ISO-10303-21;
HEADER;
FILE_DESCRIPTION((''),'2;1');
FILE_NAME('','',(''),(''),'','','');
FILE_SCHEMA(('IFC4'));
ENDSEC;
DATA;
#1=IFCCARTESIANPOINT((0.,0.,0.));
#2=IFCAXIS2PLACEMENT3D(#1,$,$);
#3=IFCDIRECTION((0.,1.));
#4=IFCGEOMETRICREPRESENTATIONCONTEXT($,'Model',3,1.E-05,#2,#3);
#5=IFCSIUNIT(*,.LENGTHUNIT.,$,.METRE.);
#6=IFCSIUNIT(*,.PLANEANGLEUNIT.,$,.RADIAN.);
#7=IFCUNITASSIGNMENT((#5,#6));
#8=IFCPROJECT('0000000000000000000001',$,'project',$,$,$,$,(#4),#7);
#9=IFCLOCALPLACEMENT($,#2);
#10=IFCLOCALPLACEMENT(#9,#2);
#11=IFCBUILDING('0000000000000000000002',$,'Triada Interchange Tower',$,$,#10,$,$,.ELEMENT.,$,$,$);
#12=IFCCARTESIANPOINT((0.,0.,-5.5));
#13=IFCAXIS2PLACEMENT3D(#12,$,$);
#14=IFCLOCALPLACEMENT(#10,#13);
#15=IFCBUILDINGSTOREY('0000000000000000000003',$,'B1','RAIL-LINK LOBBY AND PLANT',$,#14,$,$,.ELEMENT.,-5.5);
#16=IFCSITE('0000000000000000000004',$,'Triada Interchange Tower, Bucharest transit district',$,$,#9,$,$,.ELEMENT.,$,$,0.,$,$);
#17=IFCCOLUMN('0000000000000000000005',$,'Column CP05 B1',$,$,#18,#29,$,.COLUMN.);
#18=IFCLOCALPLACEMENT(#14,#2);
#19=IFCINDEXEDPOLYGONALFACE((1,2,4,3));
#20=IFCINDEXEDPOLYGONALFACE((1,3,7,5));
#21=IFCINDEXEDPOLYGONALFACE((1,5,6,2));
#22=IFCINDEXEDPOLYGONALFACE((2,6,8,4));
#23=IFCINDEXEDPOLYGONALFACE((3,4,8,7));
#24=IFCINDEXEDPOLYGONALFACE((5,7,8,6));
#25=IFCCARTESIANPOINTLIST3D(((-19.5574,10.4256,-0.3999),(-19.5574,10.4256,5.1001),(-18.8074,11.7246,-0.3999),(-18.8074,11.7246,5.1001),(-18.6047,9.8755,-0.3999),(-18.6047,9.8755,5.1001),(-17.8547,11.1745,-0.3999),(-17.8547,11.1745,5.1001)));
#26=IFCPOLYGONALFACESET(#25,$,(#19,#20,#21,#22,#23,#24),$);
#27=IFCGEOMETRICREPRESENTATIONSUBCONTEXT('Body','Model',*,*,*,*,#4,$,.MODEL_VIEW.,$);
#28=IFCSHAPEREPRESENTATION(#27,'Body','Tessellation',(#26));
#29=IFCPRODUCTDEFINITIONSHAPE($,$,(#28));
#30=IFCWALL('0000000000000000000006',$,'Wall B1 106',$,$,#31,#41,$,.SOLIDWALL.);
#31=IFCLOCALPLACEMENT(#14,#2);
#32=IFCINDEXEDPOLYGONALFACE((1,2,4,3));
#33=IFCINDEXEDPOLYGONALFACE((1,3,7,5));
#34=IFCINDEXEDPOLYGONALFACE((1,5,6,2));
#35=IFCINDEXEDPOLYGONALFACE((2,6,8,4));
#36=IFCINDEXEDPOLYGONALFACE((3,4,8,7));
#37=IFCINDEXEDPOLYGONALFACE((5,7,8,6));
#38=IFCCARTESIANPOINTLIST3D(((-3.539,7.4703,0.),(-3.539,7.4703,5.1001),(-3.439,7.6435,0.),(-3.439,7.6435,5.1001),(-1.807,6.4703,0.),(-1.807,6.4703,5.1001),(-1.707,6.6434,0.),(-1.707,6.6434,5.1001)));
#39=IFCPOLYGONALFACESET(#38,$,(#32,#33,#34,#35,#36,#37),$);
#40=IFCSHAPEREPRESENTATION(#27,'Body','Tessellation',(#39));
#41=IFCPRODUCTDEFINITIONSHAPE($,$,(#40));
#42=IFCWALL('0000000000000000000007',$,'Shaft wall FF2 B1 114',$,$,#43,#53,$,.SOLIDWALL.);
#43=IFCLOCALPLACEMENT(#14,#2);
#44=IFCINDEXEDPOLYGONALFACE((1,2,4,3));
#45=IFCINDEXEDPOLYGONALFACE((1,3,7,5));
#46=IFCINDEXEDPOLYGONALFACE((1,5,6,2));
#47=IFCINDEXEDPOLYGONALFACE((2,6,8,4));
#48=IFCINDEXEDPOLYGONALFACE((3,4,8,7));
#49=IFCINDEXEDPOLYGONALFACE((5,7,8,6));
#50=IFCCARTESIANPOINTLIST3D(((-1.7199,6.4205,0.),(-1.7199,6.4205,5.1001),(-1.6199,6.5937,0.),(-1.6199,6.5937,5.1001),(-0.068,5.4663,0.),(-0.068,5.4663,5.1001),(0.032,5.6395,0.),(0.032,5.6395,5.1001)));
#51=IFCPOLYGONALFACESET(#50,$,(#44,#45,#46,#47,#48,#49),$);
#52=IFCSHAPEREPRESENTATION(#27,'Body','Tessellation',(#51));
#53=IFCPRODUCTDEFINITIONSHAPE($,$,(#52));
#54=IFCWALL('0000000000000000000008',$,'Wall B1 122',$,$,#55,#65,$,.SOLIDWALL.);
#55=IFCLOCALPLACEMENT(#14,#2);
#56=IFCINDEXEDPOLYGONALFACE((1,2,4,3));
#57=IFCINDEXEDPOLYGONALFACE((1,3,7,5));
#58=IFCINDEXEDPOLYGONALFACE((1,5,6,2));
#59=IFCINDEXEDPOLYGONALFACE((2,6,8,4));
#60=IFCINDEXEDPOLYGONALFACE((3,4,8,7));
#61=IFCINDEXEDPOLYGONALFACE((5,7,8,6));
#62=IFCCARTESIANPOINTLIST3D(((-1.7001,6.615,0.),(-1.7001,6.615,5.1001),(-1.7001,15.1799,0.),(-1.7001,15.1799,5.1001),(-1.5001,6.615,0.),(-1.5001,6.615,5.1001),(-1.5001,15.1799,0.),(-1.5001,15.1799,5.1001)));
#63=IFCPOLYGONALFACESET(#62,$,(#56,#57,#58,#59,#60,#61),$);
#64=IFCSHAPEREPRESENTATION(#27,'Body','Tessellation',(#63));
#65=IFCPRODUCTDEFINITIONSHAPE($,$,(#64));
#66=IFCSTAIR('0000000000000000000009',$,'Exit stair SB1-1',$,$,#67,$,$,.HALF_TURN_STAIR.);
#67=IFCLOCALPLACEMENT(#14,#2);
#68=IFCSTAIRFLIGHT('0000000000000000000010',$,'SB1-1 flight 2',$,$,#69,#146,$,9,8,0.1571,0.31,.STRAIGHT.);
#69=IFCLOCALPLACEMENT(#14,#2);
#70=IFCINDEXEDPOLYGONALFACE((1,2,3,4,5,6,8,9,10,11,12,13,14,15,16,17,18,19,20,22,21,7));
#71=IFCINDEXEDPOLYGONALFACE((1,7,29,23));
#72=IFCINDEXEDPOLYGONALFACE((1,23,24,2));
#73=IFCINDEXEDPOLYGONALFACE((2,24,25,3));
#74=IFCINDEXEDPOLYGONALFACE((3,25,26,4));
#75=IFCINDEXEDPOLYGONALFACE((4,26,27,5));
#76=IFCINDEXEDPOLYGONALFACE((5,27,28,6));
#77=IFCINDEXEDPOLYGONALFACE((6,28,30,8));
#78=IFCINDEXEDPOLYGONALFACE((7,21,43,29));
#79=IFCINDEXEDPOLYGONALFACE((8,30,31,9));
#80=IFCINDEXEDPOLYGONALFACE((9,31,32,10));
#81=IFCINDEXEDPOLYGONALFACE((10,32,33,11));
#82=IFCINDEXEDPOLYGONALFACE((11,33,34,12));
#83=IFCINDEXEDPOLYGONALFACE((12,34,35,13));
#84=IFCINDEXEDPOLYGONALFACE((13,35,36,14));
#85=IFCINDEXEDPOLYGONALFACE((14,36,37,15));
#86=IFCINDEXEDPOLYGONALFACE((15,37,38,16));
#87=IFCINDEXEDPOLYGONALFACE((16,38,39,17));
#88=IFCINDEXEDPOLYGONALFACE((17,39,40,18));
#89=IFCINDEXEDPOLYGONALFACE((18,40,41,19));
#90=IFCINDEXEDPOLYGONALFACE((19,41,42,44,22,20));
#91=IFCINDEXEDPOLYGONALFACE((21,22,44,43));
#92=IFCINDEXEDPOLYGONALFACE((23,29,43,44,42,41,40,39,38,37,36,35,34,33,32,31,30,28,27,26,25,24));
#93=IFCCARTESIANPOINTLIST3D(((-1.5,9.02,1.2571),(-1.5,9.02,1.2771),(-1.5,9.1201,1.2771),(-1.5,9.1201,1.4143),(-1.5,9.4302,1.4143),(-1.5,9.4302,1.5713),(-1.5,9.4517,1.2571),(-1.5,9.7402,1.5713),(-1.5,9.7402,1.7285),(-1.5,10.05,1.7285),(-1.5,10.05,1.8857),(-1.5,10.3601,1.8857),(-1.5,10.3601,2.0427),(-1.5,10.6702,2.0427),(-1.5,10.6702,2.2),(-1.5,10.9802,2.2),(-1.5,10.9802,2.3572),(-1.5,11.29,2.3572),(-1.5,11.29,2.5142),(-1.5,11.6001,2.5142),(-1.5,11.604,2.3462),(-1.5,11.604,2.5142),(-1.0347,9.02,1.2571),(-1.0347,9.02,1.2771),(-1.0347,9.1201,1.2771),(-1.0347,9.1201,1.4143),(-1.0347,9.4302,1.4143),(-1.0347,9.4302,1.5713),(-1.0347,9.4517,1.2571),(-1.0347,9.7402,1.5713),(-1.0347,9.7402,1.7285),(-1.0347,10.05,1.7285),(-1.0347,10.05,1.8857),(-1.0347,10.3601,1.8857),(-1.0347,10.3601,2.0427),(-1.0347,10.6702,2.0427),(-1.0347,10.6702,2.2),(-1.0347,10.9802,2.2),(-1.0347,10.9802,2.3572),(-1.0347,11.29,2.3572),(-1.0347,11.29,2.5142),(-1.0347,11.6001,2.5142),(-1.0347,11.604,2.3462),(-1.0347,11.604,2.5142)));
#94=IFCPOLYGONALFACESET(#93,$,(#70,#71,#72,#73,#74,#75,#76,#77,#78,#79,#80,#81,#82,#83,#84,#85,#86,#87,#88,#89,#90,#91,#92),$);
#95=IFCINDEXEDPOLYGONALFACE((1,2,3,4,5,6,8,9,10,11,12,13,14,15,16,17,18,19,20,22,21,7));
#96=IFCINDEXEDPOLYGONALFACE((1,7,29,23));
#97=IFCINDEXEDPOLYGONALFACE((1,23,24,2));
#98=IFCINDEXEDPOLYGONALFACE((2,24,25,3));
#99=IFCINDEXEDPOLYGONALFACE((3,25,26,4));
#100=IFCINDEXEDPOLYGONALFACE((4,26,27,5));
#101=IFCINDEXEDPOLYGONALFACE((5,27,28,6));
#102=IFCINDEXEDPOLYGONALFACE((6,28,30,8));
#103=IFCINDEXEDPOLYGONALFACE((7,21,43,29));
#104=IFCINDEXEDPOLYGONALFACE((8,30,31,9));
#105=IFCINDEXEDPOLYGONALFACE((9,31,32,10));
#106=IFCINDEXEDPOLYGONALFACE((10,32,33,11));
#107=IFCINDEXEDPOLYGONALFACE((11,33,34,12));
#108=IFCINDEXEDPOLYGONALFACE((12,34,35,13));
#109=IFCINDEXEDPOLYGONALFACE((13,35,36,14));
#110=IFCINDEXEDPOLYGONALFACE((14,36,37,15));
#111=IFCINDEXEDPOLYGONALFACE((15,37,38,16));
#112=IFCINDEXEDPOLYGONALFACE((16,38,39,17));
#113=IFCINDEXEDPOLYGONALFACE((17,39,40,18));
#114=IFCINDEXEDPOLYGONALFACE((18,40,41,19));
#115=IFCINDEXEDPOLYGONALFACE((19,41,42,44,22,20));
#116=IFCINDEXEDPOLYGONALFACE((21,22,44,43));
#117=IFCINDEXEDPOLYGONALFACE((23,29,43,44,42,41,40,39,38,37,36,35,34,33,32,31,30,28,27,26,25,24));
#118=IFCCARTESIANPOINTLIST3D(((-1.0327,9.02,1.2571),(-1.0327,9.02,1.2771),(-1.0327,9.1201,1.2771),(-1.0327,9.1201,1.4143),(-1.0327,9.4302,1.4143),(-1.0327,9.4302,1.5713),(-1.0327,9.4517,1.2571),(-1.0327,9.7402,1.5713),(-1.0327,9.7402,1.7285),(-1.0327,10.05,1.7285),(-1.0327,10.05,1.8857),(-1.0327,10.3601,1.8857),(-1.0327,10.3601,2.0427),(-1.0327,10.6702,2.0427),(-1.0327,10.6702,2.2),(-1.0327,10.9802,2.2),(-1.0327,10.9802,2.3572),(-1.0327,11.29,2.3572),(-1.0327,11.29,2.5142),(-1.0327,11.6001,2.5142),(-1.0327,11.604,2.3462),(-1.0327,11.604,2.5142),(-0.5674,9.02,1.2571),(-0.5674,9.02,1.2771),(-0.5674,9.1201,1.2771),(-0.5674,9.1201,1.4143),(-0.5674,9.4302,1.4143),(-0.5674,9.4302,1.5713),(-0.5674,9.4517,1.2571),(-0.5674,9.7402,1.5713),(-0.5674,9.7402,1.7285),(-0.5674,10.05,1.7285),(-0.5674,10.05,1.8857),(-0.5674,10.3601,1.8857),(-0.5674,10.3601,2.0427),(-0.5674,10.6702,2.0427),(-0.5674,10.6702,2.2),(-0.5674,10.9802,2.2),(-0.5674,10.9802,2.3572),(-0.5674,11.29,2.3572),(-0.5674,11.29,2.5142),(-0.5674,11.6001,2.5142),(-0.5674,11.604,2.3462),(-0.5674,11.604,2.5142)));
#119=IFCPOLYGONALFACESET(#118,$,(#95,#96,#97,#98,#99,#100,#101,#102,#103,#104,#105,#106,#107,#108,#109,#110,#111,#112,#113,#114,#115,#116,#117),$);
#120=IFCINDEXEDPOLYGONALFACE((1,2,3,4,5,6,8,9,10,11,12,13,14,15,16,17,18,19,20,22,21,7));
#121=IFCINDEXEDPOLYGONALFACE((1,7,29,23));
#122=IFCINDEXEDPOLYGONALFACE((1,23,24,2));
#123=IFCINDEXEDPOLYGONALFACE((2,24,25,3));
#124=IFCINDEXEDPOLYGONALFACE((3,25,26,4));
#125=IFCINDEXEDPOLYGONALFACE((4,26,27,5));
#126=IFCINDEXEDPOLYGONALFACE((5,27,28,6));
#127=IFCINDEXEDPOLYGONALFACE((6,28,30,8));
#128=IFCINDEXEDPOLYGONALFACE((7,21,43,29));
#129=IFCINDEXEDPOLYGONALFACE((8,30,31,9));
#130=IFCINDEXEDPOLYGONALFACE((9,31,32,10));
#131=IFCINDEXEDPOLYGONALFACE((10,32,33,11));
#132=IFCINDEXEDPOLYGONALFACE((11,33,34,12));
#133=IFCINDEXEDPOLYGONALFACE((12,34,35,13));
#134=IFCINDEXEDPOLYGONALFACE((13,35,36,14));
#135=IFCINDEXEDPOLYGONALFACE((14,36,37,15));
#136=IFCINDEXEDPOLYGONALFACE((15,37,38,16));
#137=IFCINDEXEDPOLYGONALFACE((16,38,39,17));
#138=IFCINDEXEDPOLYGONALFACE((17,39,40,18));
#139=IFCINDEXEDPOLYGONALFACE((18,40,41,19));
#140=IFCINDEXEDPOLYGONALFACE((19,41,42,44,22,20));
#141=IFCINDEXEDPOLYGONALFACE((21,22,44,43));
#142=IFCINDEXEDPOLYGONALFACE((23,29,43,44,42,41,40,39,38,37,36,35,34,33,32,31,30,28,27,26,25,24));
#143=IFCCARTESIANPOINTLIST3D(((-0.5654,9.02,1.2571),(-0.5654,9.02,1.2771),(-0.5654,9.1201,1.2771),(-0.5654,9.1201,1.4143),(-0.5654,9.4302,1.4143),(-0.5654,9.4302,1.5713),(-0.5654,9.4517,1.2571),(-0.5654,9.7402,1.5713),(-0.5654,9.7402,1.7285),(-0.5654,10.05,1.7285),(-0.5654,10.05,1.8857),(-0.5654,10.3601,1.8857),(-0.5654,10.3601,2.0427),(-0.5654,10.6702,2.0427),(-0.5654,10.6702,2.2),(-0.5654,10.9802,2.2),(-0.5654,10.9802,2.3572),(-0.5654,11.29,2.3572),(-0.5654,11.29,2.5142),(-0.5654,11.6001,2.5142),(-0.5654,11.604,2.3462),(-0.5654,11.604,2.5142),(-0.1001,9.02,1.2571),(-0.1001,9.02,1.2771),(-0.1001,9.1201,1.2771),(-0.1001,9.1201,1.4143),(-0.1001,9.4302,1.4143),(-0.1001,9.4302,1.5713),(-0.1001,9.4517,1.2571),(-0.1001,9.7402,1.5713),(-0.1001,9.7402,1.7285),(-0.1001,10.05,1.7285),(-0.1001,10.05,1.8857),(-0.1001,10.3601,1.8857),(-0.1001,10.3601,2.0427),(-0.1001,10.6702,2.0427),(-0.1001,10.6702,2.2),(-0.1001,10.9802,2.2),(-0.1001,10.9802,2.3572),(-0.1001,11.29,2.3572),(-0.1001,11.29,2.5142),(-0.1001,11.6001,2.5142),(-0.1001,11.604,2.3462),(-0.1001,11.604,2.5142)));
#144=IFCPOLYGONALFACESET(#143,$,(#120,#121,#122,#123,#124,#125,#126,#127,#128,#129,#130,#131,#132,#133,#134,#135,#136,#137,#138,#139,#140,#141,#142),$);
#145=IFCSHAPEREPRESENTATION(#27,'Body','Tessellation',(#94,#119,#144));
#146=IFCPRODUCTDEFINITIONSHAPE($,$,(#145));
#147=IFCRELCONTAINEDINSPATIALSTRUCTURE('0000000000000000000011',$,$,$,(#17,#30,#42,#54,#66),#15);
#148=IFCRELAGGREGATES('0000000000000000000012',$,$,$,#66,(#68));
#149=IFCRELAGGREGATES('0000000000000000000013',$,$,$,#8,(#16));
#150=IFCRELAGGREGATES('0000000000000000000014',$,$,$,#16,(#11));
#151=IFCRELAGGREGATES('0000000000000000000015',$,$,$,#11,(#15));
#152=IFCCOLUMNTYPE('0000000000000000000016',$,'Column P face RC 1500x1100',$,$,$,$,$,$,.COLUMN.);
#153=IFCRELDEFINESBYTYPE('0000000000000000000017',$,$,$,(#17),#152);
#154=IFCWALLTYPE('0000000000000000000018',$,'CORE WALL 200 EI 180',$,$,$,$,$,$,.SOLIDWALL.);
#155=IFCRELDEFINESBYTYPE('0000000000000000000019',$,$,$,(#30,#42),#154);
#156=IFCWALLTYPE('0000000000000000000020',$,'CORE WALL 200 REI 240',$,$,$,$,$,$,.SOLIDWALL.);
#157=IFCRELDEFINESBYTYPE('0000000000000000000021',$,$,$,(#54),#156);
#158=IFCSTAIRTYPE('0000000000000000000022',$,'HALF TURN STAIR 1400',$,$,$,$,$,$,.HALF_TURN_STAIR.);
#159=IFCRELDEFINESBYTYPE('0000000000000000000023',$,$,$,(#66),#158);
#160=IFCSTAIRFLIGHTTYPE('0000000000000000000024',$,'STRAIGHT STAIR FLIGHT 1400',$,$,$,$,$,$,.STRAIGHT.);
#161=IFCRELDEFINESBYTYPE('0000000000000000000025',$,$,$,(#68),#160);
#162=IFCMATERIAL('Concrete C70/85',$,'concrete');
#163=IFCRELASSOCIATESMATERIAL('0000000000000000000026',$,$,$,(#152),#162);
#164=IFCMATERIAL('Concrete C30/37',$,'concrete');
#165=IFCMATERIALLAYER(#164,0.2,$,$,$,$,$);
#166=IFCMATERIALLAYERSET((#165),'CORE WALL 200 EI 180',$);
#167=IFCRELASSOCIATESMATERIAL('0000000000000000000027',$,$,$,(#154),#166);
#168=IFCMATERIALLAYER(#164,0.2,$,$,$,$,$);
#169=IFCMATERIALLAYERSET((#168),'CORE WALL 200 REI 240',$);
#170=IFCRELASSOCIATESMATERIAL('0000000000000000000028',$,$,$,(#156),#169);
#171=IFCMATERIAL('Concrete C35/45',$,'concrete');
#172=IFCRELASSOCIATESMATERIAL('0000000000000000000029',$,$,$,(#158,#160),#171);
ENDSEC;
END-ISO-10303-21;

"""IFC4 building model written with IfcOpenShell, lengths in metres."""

from ifc_helpers import new_model, si_unit, direction, frame, frame_2d, origin, origin_2d, place, context, subcontext, project, spatial, polyline, rectangle, outline, extrude, material, layer, layer_set, material_profile, profile_set, type_object, element, aggregate, save


model = new_model("IFC4")

# Units and contexts
model_context = context("Model", 3, precision=1e-05, world=origin(), true_north=direction((0.0, 1.0)))
body_context = subcontext(model_context, "Body", "Model", "MODEL_VIEW")
ifc_project = project(units=[si_unit("LENGTHUNIT", "METRE"), si_unit("PLANEANGLEUNIT", "RADIAN")], contexts=[model_context])

# Site, building, storey
site_placement = place(None, origin())
site = spatial("IfcSite", under=ifc_project, at=site_placement, Name="Triada Interchange Tower, Bucharest transit district", CompositionType="ELEMENT", RefElevation=0.0)
building_placement = place(site_placement, origin())
building = spatial("IfcBuilding", under=site, at=building_placement, Name="Triada Interchange Tower", CompositionType="ELEMENT")
storey_placement = place(building_placement, frame((0.0, 0.0, -5.5)))
storey = spatial("IfcBuildingStorey", under=building, at=storey_placement, Name="B1", Description="RAIL-LINK LOBBY AND PLANT", CompositionType="ELEMENT", Elevation=-5.5)

# Shared definitions
ifc_material_1 = material(Name="Concrete C30/37", Category="concrete")

# Column
ifc_material_2 = material(Name="Concrete C70/85", Category="concrete")
ifc_material_profile_1 = material_profile(ifc_material_2, rectangle(XDim=1.5, YDim=1.1001, at=origin_2d()), Name="RC 1500x1100")
ifc_profile_set_1 = profile_set([ifc_material_profile_1], Name="Concrete C70/85")
column_type = type_object("IfcColumnType", Name="Column P face RC 1500x1100", PredefinedType="COLUMN", material=ifc_profile_set_1)
column_placement = place(storey_placement, frame((-18.7061, 10.8, -0.3999), z_axis=(0.0, 0.0, 1.0), x_axis=(0.5, 0.866025, 0.0)))
element("IfcColumn", 1, at=column_placement, inside=storey, type_object=column_type, Name="Column CP05 B1", PredefinedType="COLUMN", context=body_context, shape_type="SweptSolid", body=[
    extrude(rectangle(XDim=1.5, YDim=1.1001, at=origin_2d()), origin(), (0.0, 0.0, 1.0), 5.5),
])

# Walls
ifc_layer_1 = layer(ifc_material_1, 0.2)
ifc_layer_set_1 = layer_set([ifc_layer_1], Name="CORE WALL 200 EI 180")
wall_type_1 = type_object("IfcWallType", Name="CORE WALL 200 EI 180", PredefinedType="SOLIDWALL", material=ifc_layer_set_1)
wall_1_placement = place(storey_placement, frame((-3.489, 7.5569, 0.0), z_axis=(0.0, 0.0, 1.0), x_axis=(0.866011, -0.500025, 0.0)))
element("IfcWall", 2, at=wall_1_placement, inside=storey, type_object=wall_type_1, Name="Wall B1 106", PredefinedType="SOLIDWALL", context=body_context, shape_type="SweptSolid", body=[
    extrude(rectangle(XDim=2.0, YDim=0.2, at=frame_2d((1.0, 0.0))), origin(), (0.0, 0.0, 1.0), 5.1001),
])
wall_2_placement = place(storey_placement, frame((-1.6699, 6.5071, 0.0), z_axis=(0.0, 0.0, 1.0), x_axis=(0.865934, -0.500158, 0.0)))
element("IfcWall", 3, at=wall_2_placement, inside=storey, type_object=wall_type_1, Name="Shaft wall FF2 B1 114", PredefinedType="SOLIDWALL", context=body_context, shape_type="SweptSolid", body=[
    extrude(rectangle(XDim=1.9077, YDim=0.2, at=frame_2d((0.9539, 0.0))), origin(), (0.0, 0.0, 1.0), 5.1001),
])
ifc_layer_2 = layer(ifc_material_1, 0.2)
ifc_layer_set_2 = layer_set([ifc_layer_2], Name="CORE WALL 200 REI 240")
wall_type_2 = type_object("IfcWallType", Name="CORE WALL 200 REI 240", PredefinedType="SOLIDWALL", material=ifc_layer_set_2)
wall_3_placement = place(storey_placement, frame((-1.6001, 6.615, 0.0), z_axis=(0.0, 0.0, 1.0), x_axis=(0.0, 1.0, 0.0)))
element("IfcWall", 4, at=wall_3_placement, inside=storey, type_object=wall_type_2, Name="Wall B1 122", PredefinedType="SOLIDWALL", context=body_context, shape_type="SweptSolid", body=[
    extrude(rectangle(XDim=8.5649, YDim=0.2, at=frame_2d((4.2825, 0.0))), origin(), (0.0, 0.0, 1.0), 5.1001),
])

# Stair, stair flight
ifc_material_3 = material(Name="Concrete C35/45", Category="concrete")
stair_type = type_object("IfcStairType", Name="HALF TURN STAIR 1400", PredefinedType="HALF_TURN_STAIR", material=ifc_material_3)
stair_placement = place(storey_placement, origin())
stair = element("IfcStair", 5, at=stair_placement, inside=storey, type_object=stair_type, Name="Exit stair SB1-1", PredefinedType="HALF_TURN_STAIR")
stair_flight_type = type_object("IfcStairFlightType", Name="STRAIGHT STAIR FLIGHT 1400", PredefinedType="STRAIGHT", material=ifc_material_3)
stair_flight_1_placement = place(storey_placement, frame((-0.8, 9.1201, 1.2571), z_axis=(0.0, 0.0, 1.0), x_axis=(0.0, 1.0, 0.0)))
stair_flight_1 = element("IfcStairFlight", 6, at=stair_flight_1_placement, type_object=stair_flight_type, Name="SB1-1 flight 2", NumberOfRisers=9, NumberOfTreads=8, PredefinedType="STRAIGHT", RiserHeight=0.1571, TreadLength=0.31, context=body_context, shape_type="SweptSolid", body=[
    extrude(outline(polyline([(-0.1001, 0.0), (-0.1001, 0.02), (0.0, 0.02), (0.0, 0.1572), (0.3101, 0.1572), (0.3101, 0.3142), (0.6201, 0.3142), (0.6201, 0.4714), (0.9299, 0.4714), (0.9299, 0.6287), (1.24, 0.6287), (1.24, 0.7856), (1.55, 0.7856), (1.55, 0.9429), (1.8601, 0.9429), (1.8601, 1.1001), (2.1699, 1.1001), (2.1699, 1.2571), (2.48, 1.2571), (2.4839, 1.2571), (2.4839, 1.4143), (2.4839, 1.0891), (0.3315, 0.0), (-0.1001, 0.0)])), frame((0.0, 0.7, 0.0), z_axis=(0.0, -1.0, 0.0), x_axis=(1.0, 0.0, 0.0)), (0.0, 0.0, 1.0), 0.4653),
    extrude(outline(polyline([(-0.1001, 0.0), (-0.1001, 0.02), (0.0, 0.02), (0.0, 0.1572), (0.3101, 0.1572), (0.3101, 0.3142), (0.6201, 0.3142), (0.6201, 0.4714), (0.9299, 0.4714), (0.9299, 0.6287), (1.24, 0.6287), (1.24, 0.7856), (1.55, 0.7856), (1.55, 0.9429), (1.8601, 0.9429), (1.8601, 1.1001), (2.1699, 1.1001), (2.1699, 1.2571), (2.48, 1.2571), (2.4839, 1.2571), (2.4839, 1.4143), (2.4839, 1.0891), (0.3315, 0.0), (-0.1001, 0.0)])), frame((0.0, 0.2327, 0.0), z_axis=(0.0, -1.0, 0.0), x_axis=(1.0, 0.0, 0.0)), (0.0, 0.0, 1.0), 0.4653),
    extrude(outline(polyline([(-0.1001, 0.0), (-0.1001, 0.02), (0.0, 0.02), (0.0, 0.1572), (0.3101, 0.1572), (0.3101, 0.3142), (0.6201, 0.3142), (0.6201, 0.4714), (0.9299, 0.4714), (0.9299, 0.6287), (1.24, 0.6287), (1.24, 0.7856), (1.55, 0.7856), (1.55, 0.9429), (1.8601, 0.9429), (1.8601, 1.1001), (2.1699, 1.1001), (2.1699, 1.2571), (2.48, 1.2571), (2.4839, 1.2571), (2.4839, 1.4143), (2.4839, 1.0891), (0.3315, 0.0), (-0.1001, 0.0)])), frame((0.0, -0.2346, 0.0), z_axis=(0.0, -1.0, 0.0), x_axis=(1.0, 0.0, 0.0)), (0.0, 0.0, 1.0), 0.4653),
])
aggregate(stair, [stair_flight_1])

save(model, "model.ifc")
